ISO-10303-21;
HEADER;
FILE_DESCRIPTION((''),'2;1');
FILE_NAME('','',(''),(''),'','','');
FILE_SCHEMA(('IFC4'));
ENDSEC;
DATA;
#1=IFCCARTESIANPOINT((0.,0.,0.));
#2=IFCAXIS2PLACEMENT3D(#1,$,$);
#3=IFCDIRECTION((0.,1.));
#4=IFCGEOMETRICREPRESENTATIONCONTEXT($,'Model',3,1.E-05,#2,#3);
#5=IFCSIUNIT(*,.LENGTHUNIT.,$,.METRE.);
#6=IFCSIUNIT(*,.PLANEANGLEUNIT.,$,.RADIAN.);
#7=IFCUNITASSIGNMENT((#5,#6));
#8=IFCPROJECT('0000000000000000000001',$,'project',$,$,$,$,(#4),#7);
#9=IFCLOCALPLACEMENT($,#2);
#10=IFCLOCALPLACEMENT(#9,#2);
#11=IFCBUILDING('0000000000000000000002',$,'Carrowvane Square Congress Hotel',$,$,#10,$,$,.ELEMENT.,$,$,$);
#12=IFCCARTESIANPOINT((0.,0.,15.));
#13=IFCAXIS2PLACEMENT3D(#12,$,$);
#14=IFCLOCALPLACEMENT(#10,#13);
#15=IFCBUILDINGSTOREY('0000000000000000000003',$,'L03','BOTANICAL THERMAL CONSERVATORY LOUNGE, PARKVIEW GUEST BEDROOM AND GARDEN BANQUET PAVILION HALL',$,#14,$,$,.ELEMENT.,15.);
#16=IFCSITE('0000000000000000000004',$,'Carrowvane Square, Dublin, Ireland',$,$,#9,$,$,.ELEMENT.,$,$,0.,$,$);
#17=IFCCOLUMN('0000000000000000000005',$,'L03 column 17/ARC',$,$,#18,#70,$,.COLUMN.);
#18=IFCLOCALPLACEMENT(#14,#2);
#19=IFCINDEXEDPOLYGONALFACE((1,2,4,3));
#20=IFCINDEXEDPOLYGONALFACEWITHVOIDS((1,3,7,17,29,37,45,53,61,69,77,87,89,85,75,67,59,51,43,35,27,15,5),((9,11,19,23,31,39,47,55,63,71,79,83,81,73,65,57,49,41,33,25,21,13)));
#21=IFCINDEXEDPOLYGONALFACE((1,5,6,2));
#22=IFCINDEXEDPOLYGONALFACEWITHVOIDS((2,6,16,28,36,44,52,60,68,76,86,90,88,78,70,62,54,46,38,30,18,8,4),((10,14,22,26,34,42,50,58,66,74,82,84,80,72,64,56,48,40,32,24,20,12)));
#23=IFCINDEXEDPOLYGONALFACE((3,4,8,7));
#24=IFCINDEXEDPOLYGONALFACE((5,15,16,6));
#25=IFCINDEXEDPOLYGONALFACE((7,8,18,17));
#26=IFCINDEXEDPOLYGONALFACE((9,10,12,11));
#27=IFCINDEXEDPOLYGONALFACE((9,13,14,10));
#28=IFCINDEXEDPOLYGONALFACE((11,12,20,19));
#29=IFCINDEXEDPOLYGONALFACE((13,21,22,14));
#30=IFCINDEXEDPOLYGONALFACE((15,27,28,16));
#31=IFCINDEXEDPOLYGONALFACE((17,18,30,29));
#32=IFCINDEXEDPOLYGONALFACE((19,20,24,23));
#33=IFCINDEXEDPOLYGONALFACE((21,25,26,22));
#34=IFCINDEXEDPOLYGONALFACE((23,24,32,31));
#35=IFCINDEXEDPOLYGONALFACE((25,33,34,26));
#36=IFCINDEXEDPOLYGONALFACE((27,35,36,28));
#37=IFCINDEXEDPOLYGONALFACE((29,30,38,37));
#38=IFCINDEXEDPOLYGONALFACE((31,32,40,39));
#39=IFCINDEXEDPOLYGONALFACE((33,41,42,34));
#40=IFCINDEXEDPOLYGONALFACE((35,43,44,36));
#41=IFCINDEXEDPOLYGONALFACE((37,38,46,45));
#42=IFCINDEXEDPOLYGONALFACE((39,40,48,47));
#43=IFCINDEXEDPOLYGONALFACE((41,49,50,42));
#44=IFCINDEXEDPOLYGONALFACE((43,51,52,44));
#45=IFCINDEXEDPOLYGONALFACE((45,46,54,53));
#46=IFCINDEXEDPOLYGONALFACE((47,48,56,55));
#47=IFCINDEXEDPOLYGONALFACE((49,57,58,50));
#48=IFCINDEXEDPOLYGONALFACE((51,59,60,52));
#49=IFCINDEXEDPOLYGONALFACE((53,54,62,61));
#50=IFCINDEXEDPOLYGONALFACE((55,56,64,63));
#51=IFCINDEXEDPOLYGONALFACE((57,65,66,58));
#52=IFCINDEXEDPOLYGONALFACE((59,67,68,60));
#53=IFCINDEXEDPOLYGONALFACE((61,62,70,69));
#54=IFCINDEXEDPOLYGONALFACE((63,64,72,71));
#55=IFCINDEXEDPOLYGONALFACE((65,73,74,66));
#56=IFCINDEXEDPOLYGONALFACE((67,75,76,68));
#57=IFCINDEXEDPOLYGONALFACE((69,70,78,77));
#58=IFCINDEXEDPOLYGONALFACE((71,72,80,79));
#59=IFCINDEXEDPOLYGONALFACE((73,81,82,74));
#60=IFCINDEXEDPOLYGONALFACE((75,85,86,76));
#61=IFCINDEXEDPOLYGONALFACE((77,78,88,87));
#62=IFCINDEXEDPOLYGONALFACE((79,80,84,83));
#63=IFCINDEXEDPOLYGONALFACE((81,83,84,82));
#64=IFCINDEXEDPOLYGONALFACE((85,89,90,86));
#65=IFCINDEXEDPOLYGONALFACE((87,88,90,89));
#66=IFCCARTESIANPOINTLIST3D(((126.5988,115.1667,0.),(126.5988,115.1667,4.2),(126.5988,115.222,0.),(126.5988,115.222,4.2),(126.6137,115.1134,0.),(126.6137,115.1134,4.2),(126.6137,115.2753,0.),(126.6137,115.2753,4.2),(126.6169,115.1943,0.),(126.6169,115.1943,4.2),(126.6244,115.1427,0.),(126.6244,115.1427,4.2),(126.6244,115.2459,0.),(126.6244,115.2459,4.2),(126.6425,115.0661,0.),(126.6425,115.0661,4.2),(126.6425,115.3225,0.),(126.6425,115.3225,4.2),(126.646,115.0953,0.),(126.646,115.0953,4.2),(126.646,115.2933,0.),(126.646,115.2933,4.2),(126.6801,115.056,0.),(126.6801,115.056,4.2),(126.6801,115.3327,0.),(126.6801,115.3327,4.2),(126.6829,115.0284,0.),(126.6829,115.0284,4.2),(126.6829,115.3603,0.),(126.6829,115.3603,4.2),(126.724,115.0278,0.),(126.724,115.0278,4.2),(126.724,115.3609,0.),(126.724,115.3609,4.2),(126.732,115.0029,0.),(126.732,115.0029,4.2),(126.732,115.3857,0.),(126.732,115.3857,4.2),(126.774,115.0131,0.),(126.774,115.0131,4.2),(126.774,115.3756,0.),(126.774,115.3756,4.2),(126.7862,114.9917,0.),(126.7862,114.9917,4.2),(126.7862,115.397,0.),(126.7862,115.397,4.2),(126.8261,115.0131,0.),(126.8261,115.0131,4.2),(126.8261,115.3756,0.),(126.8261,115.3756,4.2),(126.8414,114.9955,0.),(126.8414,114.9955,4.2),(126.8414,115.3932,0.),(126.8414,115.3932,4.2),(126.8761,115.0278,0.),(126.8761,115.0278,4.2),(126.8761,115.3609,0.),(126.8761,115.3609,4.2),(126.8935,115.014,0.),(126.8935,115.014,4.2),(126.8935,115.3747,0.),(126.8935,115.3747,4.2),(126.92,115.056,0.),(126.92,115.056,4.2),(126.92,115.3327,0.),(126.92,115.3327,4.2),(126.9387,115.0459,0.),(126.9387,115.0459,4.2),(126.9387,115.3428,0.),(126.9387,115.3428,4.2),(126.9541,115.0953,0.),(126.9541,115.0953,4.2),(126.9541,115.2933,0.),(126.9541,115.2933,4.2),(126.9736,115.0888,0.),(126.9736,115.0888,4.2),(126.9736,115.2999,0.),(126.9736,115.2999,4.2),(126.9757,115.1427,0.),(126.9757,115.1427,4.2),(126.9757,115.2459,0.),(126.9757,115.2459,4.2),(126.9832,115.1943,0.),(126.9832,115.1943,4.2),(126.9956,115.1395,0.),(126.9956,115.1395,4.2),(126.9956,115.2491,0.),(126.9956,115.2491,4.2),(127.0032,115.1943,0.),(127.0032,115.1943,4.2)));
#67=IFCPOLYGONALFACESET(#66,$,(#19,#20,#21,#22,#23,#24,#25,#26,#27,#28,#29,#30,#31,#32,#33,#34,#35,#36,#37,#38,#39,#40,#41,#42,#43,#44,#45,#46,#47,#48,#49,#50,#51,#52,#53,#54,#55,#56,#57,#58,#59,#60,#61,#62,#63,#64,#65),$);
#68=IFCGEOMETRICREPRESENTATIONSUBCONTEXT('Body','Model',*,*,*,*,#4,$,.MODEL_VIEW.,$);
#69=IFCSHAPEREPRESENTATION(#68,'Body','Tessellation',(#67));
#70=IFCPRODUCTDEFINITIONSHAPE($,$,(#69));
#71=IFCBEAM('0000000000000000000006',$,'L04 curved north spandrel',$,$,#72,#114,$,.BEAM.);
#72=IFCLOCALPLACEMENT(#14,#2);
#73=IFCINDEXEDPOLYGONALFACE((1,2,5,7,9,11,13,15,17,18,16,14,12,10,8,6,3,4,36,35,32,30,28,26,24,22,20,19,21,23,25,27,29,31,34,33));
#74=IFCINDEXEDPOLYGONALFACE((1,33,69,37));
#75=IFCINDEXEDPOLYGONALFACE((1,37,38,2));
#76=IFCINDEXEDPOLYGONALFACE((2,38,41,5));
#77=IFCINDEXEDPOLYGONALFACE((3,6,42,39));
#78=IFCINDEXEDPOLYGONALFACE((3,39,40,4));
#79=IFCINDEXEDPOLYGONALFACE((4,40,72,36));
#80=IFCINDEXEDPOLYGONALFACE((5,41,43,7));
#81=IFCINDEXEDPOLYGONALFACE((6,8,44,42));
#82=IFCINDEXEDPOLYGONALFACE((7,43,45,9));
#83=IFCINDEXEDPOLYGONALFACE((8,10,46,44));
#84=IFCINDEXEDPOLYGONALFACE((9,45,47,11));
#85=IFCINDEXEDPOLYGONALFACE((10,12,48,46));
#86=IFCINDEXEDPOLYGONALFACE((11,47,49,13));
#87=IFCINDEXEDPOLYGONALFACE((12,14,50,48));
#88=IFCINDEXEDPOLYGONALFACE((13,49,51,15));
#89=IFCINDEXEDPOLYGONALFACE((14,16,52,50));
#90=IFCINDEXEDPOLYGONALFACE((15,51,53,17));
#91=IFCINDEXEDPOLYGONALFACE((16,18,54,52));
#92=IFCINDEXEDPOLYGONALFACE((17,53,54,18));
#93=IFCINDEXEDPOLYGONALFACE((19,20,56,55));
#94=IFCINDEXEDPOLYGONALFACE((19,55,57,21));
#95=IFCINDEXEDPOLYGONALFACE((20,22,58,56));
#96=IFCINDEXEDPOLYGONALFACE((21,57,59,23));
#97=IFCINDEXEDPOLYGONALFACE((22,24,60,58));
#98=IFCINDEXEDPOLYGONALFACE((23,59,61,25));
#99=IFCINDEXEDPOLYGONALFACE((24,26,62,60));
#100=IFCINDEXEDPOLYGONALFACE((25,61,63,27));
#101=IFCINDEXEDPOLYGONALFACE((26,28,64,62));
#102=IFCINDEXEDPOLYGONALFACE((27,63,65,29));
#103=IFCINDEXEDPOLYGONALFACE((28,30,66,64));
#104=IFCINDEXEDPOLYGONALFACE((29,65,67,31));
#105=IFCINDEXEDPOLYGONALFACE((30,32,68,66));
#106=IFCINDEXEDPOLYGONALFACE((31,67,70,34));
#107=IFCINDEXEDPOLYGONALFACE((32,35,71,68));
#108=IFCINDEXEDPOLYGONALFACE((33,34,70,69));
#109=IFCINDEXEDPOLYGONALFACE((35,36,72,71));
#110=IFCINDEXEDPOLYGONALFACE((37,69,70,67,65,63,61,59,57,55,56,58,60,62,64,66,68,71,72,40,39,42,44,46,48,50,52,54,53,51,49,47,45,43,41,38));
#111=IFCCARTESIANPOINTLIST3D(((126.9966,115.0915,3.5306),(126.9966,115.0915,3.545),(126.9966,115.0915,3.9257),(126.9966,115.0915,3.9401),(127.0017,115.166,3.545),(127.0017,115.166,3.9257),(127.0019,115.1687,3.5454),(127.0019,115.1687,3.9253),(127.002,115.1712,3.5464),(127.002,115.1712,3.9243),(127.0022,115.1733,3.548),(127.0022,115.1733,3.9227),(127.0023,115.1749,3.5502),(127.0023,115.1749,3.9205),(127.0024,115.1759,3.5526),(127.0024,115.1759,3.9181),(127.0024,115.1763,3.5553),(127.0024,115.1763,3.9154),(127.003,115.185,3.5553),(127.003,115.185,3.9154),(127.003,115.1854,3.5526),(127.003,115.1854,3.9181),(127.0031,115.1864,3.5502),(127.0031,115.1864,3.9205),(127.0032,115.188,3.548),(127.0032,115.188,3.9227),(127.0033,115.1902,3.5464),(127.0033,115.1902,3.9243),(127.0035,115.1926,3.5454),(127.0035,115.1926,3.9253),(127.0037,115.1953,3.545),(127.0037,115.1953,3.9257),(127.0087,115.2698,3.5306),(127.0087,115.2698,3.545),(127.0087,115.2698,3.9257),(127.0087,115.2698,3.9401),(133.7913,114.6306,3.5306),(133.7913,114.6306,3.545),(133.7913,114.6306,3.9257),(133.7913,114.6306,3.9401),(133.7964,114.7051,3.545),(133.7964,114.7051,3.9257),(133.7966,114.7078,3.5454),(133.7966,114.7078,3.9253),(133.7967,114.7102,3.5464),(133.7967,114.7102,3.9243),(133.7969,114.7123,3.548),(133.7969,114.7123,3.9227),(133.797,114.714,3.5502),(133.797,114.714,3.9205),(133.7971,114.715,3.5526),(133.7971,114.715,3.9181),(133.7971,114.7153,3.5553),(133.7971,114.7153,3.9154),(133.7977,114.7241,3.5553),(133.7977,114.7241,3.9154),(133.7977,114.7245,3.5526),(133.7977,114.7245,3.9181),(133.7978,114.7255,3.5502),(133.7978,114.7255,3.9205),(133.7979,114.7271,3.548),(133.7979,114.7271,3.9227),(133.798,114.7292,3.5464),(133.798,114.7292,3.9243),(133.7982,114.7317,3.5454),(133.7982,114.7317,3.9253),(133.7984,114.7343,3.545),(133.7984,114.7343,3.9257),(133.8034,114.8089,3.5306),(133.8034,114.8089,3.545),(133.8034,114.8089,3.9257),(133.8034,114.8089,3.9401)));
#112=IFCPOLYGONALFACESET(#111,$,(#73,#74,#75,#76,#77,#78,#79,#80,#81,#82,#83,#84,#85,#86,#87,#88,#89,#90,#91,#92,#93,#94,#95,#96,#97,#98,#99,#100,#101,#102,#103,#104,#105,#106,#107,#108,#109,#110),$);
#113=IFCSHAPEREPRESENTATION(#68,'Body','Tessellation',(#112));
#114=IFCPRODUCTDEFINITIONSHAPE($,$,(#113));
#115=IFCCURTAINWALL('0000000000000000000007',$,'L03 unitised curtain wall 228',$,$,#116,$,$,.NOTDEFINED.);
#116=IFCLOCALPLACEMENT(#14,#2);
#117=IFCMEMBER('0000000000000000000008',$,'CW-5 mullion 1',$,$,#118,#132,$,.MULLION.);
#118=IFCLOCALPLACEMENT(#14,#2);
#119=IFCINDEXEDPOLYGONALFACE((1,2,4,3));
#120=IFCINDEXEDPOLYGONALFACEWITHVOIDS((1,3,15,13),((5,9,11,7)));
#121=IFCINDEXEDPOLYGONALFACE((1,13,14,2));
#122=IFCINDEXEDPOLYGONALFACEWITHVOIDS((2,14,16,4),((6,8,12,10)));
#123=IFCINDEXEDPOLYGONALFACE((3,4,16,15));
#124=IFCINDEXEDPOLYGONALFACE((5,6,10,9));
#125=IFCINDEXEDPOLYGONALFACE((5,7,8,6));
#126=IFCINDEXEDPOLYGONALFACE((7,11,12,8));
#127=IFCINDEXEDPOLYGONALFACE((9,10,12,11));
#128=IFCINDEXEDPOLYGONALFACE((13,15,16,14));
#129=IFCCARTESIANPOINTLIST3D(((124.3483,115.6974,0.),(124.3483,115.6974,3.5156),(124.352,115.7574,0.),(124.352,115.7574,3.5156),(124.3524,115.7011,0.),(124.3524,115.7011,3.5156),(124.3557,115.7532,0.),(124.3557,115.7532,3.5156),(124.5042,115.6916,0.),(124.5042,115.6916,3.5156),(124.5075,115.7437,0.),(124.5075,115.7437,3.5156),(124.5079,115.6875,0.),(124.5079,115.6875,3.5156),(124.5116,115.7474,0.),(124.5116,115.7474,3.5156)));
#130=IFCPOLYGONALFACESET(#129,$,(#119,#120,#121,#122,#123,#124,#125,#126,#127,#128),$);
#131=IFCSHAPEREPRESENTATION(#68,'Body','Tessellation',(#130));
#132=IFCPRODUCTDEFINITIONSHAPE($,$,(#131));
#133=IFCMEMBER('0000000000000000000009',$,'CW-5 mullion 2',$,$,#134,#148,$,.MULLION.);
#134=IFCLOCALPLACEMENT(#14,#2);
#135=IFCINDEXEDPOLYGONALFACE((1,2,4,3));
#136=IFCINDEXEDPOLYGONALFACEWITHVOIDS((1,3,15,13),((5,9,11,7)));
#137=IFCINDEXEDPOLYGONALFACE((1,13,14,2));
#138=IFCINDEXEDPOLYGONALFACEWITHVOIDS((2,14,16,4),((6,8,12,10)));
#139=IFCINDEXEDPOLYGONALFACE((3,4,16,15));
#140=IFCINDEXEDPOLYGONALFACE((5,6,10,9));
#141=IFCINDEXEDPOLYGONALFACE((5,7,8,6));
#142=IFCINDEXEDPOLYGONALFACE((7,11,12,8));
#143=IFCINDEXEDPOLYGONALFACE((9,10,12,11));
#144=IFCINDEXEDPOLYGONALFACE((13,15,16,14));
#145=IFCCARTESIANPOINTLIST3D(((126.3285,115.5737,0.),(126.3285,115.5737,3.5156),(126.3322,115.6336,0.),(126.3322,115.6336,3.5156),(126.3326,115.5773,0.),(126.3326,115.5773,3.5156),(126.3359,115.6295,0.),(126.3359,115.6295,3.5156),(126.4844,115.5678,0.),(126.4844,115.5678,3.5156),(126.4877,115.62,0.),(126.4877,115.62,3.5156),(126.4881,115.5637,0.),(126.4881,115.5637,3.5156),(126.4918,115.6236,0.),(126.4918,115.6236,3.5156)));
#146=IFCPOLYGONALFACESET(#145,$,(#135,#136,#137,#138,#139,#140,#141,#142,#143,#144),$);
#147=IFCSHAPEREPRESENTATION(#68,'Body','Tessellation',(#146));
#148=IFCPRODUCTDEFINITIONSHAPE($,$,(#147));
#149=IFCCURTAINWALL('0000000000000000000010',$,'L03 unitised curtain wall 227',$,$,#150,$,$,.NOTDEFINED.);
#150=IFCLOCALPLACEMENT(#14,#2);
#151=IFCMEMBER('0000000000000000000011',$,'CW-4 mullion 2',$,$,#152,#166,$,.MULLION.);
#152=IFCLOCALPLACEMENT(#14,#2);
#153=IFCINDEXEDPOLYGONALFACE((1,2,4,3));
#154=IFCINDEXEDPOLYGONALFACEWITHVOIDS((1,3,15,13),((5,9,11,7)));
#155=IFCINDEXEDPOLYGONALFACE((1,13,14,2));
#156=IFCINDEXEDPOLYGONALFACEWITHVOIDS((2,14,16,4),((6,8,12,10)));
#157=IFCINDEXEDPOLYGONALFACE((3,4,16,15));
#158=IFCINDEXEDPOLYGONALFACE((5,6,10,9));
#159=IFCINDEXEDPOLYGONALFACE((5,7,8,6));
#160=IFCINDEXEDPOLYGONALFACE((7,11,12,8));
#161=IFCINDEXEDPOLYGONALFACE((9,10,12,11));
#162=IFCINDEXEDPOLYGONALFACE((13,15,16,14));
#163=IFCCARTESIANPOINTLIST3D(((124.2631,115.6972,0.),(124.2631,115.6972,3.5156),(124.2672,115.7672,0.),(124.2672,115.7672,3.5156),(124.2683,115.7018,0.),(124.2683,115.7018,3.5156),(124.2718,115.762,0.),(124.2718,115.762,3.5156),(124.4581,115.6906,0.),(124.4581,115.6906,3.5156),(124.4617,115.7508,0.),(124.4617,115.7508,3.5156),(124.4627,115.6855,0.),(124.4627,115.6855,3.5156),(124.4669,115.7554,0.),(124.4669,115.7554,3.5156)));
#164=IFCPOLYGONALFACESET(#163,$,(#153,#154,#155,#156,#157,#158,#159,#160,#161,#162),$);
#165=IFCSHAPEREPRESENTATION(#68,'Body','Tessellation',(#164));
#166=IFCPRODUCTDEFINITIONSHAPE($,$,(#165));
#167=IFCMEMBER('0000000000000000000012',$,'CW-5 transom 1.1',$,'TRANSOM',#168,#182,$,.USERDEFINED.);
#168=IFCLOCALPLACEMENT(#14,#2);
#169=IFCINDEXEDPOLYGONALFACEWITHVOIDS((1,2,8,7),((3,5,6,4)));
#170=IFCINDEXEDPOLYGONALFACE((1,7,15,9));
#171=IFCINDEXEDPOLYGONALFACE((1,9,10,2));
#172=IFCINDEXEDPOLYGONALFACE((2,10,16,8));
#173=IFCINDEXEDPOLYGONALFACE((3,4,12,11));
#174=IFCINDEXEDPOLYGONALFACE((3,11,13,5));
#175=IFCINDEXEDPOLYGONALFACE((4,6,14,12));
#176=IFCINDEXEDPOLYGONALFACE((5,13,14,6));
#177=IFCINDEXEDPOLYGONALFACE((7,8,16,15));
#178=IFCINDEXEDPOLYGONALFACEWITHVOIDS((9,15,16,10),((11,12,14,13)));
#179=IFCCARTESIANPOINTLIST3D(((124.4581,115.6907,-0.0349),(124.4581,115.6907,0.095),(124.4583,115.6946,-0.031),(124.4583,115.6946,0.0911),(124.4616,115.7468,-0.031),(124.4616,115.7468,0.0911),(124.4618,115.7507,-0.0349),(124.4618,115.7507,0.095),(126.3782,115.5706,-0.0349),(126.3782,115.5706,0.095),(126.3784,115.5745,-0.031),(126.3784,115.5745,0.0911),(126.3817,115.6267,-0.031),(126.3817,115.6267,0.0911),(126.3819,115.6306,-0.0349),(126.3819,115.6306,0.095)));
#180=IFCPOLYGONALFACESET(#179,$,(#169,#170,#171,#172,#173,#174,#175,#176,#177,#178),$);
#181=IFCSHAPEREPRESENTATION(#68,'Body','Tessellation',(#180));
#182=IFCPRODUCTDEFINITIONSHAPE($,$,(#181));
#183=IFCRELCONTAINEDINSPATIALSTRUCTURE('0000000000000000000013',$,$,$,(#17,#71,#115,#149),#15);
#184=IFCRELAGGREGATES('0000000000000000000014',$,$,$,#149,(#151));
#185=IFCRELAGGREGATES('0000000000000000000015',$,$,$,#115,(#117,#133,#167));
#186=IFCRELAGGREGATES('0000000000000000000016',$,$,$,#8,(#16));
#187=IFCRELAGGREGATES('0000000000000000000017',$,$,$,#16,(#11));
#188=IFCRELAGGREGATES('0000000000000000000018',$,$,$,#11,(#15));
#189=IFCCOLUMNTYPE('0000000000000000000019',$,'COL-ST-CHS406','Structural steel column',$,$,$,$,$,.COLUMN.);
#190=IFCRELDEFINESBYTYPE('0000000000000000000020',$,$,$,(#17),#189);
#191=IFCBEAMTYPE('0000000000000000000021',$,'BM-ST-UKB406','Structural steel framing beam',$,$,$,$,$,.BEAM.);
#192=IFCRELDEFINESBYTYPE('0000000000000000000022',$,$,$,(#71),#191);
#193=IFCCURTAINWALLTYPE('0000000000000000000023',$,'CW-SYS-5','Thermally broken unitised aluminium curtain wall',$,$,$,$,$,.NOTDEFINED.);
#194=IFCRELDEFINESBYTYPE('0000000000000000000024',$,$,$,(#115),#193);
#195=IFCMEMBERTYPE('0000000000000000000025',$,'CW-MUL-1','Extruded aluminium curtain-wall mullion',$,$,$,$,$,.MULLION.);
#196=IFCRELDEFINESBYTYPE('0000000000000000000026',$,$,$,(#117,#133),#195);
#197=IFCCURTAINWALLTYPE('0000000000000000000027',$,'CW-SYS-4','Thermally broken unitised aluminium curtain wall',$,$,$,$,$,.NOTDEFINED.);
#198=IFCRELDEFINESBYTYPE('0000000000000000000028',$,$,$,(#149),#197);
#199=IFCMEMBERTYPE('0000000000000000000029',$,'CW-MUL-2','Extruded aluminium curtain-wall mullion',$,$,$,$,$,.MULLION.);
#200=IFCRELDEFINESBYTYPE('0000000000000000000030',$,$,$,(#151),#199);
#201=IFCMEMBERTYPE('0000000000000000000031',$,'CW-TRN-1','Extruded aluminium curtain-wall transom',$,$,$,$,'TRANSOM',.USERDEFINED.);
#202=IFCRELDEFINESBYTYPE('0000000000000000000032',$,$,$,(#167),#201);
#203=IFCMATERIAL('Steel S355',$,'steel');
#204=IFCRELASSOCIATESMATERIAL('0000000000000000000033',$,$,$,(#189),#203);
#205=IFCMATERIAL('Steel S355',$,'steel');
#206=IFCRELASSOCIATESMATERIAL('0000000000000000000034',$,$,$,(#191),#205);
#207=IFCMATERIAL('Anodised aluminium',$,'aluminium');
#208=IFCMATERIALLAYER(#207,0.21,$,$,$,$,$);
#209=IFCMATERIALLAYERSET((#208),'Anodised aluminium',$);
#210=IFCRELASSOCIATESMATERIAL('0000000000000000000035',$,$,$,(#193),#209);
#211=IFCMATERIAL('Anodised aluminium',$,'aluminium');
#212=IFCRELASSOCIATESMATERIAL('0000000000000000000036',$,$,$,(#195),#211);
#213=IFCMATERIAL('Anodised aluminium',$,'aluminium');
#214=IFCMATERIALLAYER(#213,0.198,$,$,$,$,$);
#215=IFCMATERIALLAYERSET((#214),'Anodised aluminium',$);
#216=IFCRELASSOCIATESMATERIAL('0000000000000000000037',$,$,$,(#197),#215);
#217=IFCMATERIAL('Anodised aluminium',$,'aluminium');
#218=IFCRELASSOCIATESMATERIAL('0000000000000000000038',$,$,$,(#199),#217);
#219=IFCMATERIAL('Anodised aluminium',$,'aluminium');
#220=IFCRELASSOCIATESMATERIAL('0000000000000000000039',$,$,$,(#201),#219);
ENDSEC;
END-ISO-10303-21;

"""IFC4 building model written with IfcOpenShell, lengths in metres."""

from ifc_helpers import new_model, si_unit, direction, frame, origin, origin_2d, place, context, subcontext, project, spatial, hollow_rectangle, hollow_circle, i_section, extrude, material, layer, layer_set, material_profile, profile_set, type_object, element, aggregate, save


model = new_model("IFC4")

# Units and contexts
model_context = context("Model", 3, precision=1e-05, world=origin(), true_north=direction((0.0, 1.0)))
body_context = subcontext(model_context, "Body", "Model", "MODEL_VIEW")
ifc_project = project(units=[si_unit("LENGTHUNIT", "METRE"), si_unit("PLANEANGLEUNIT", "RADIAN")], contexts=[model_context])

# Site, building, storey
site_placement = place(None, origin())
site = spatial("IfcSite", under=ifc_project, at=site_placement, Name="Carrowvane Square, Dublin, Ireland", CompositionType="ELEMENT", RefElevation=0.0)
building_placement = place(site_placement, origin())
building = spatial("IfcBuilding", under=site, at=building_placement, Name="Carrowvane Square Congress Hotel", CompositionType="ELEMENT")
storey_placement = place(building_placement, frame((0.0, 0.0, 15.0)))
storey = spatial("IfcBuildingStorey", under=building, at=storey_placement, Name="L03", Description="BOTANICAL THERMAL CONSERVATORY LOUNGE, PARKVIEW GUEST BEDROOM AND GARDEN BANQUET PAVILION HALL", CompositionType="ELEMENT", Elevation=15.0)

# Column
ifc_material_1 = material(Name="Steel S355", Category="steel")
ifc_material_profile_1 = material_profile(ifc_material_1, hollow_circle(Radius=0.2031, WallThickness=0.02, at=origin_2d()), Name="CHS 406.4x20")
ifc_profile_set_1 = profile_set([ifc_material_profile_1], Name="Steel S355")
column_type = type_object("IfcColumnType", Name="COL-ST-CHS406", Description="Structural steel column", PredefinedType="COLUMN", material=ifc_profile_set_1)
column_placement = place(storey_placement, frame((126.8, 115.1943, 0.0), z_axis=(0.0, 0.0, 1.0), x_axis=(1.0, 0.0, 0.0)))
element("IfcColumn", 1, at=column_placement, inside=storey, type_object=column_type, Name="L03 column 17/ARC", PredefinedType="COLUMN", context=body_context, shape_type="SweptSolid", body=[
    extrude(hollow_circle(Radius=0.2031, WallThickness=0.02, at=origin_2d()), origin(), (0.0, 0.0, 1.0), 4.2),
])

# Beam
ifc_material_2 = material(Name="Steel S355", Category="steel")
ifc_material_profile_2 = material_profile(ifc_material_2, i_section(OverallWidth=0.1787, OverallDepth=0.4094, WebThickness=0.0088, FlangeThickness=0.0144, FilletRadius=0.0103, at=origin_2d()), Name="UKB 406x178x67")
ifc_profile_set_2 = profile_set([ifc_material_profile_2], Name="Steel S355")
beam_type = type_object("IfcBeamType", Name="BM-ST-UKB406", Description="Structural steel framing beam", PredefinedType="BEAM", material=ifc_profile_set_2)
beam_placement = place(storey_placement, frame((127.0027, 115.1807, 3.7354), z_axis=(0.997707, -0.067682, 0.0), x_axis=(0.067682, 0.997707, 0.0)))
element("IfcBeam", 2, at=beam_placement, inside=storey, type_object=beam_type, Name="L04 curved north spandrel", PredefinedType="BEAM", context=body_context, shape_type="SweptSolid", body=[
    extrude(i_section(OverallWidth=0.1787, OverallDepth=0.4094, WebThickness=0.0088, FlangeThickness=0.0144, FilletRadius=0.0103, at=origin_2d()), origin(), (0.0, 0.0, 1.0), 6.8103),
])

# Curtain wall, members
ifc_material_3 = material(Name="Anodised aluminium", Category="aluminium")
ifc_layer_1 = layer(ifc_material_3, 0.21)
ifc_layer_set_1 = layer_set([ifc_layer_1], Name="Anodised aluminium")
curtain_wall_type_1 = type_object("IfcCurtainWallType", Name="CW-SYS-5", Description="Thermally broken unitised aluminium curtain wall", PredefinedType="NOTDEFINED", material=ifc_layer_set_1)
curtain_wall_1_placement = place(storey_placement, origin())
curtain_wall_1 = element("IfcCurtainWall", 3, at=curtain_wall_1_placement, inside=storey, type_object=curtain_wall_type_1, Name="L03 unitised curtain wall 228", PredefinedType="NOTDEFINED")
ifc_material_4 = material(Name="Anodised aluminium", Category="aluminium")
ifc_material_profile_3 = material_profile(ifc_material_4, hollow_rectangle(XDim=0.0601, YDim=0.1599, WallThickness=0.0039, at=origin_2d()), Name="CW-ML 60x160x4")
ifc_profile_set_3 = profile_set([ifc_material_profile_3], Name="Anodised aluminium")
member_type_1 = type_object("IfcMemberType", Name="CW-MUL-1", Description="Extruded aluminium curtain-wall mullion", PredefinedType="MULLION", material=ifc_profile_set_3)
member_1_placement = place(storey_placement, frame((124.4299, 115.7224, 0.0), z_axis=(0.0, 0.0, 1.0), x_axis=(0.062397, 0.998051, 0.0)))
member_1 = element("IfcMember", 4, at=member_1_placement, type_object=member_type_1, Name="CW-5 mullion 1", PredefinedType="MULLION", context=body_context, shape_type="SweptSolid", body=[
    extrude(hollow_rectangle(XDim=0.0601, YDim=0.1599, WallThickness=0.0039, at=origin_2d()), origin(), (0.0, 0.0, 1.0), 3.5156),
])
member_2_placement = place(storey_placement, frame((126.4102, 115.5986, 0.0), z_axis=(0.0, 0.0, 1.0), x_axis=(0.062397, 0.998051, 0.0)))
member_2 = element("IfcMember", 5, at=member_2_placement, type_object=member_type_1, Name="CW-5 mullion 2", PredefinedType="MULLION", context=body_context, shape_type="SweptSolid", body=[
    extrude(hollow_rectangle(XDim=0.0601, YDim=0.1599, WallThickness=0.0039, at=origin_2d()), origin(), (0.0, 0.0, 1.0), 3.5156),
])

# Curtain wall, member
ifc_material_5 = material(Name="Anodised aluminium", Category="aluminium")
ifc_layer_2 = layer(ifc_material_5, 0.198)
ifc_layer_set_2 = layer_set([ifc_layer_2], Name="Anodised aluminium")
curtain_wall_type_2 = type_object("IfcCurtainWallType", Name="CW-SYS-4", Description="Thermally broken unitised aluminium curtain wall", PredefinedType="NOTDEFINED", material=ifc_layer_set_2)
curtain_wall_2_placement = place(storey_placement, origin())
curtain_wall_2 = element("IfcCurtainWall", 6, at=curtain_wall_2_placement, inside=storey, type_object=curtain_wall_type_2, Name="L03 unitised curtain wall 227", PredefinedType="NOTDEFINED")
ifc_material_6 = material(Name="Anodised aluminium", Category="aluminium")
ifc_material_profile_4 = material_profile(ifc_material_6, hollow_rectangle(XDim=0.0701, YDim=0.2, WallThickness=0.0049, at=origin_2d()), Name="CW-ML 70x200x5")
ifc_profile_set_4 = profile_set([ifc_material_profile_4], Name="Anodised aluminium")
member_type_2 = type_object("IfcMemberType", Name="CW-MUL-2", Description="Extruded aluminium curtain-wall mullion", PredefinedType="MULLION", material=ifc_profile_set_4)
member_3_placement = place(storey_placement, frame((124.365, 115.7263, 0.0), z_axis=(0.0, 0.0, 1.0), x_axis=(0.058851, 0.998267, 0.0)))
member_3 = element("IfcMember", 7, at=member_3_placement, type_object=member_type_2, Name="CW-4 mullion 2", PredefinedType="MULLION", context=body_context, shape_type="SweptSolid", body=[
    extrude(hollow_rectangle(XDim=0.0701, YDim=0.2, WallThickness=0.0049, at=origin_2d()), origin(), (0.0, 0.0, 1.0), 3.5156),
])

# Member
ifc_material_7 = material(Name="Anodised aluminium", Category="aluminium")
ifc_material_profile_5 = material_profile(ifc_material_7, hollow_rectangle(XDim=0.0601, YDim=0.1299, WallThickness=0.0039, at=origin_2d()), Name="CW-TR 60x130x4")
ifc_profile_set_5 = profile_set([ifc_material_profile_5], Name="Anodised aluminium")
member_type_3 = type_object("IfcMemberType", Name="CW-TRN-1", Description="Extruded aluminium curtain-wall transom", ElementType="TRANSOM", PredefinedType="USERDEFINED", material=ifc_profile_set_5)
member_4_placement = place(storey_placement, frame((124.46, 115.7207, 0.03), z_axis=(0.998049, -0.062434, 0.0), x_axis=(0.062434, 0.998049, 0.0)))
member_4 = element("IfcMember", 8, at=member_4_placement, type_object=member_type_3, Name="CW-5 transom 1.1", ObjectType="TRANSOM", PredefinedType="USERDEFINED", context=body_context, shape_type="SweptSolid", body=[
    extrude(hollow_rectangle(XDim=0.0601, YDim=0.1299, WallThickness=0.0039, at=origin_2d()), origin(), (0.0, 0.0, 1.0), 1.9238),
])

aggregate(curtain_wall_2, [member_3])
aggregate(curtain_wall_1, [member_1, member_2, member_4])

save(model, "model.ifc")
